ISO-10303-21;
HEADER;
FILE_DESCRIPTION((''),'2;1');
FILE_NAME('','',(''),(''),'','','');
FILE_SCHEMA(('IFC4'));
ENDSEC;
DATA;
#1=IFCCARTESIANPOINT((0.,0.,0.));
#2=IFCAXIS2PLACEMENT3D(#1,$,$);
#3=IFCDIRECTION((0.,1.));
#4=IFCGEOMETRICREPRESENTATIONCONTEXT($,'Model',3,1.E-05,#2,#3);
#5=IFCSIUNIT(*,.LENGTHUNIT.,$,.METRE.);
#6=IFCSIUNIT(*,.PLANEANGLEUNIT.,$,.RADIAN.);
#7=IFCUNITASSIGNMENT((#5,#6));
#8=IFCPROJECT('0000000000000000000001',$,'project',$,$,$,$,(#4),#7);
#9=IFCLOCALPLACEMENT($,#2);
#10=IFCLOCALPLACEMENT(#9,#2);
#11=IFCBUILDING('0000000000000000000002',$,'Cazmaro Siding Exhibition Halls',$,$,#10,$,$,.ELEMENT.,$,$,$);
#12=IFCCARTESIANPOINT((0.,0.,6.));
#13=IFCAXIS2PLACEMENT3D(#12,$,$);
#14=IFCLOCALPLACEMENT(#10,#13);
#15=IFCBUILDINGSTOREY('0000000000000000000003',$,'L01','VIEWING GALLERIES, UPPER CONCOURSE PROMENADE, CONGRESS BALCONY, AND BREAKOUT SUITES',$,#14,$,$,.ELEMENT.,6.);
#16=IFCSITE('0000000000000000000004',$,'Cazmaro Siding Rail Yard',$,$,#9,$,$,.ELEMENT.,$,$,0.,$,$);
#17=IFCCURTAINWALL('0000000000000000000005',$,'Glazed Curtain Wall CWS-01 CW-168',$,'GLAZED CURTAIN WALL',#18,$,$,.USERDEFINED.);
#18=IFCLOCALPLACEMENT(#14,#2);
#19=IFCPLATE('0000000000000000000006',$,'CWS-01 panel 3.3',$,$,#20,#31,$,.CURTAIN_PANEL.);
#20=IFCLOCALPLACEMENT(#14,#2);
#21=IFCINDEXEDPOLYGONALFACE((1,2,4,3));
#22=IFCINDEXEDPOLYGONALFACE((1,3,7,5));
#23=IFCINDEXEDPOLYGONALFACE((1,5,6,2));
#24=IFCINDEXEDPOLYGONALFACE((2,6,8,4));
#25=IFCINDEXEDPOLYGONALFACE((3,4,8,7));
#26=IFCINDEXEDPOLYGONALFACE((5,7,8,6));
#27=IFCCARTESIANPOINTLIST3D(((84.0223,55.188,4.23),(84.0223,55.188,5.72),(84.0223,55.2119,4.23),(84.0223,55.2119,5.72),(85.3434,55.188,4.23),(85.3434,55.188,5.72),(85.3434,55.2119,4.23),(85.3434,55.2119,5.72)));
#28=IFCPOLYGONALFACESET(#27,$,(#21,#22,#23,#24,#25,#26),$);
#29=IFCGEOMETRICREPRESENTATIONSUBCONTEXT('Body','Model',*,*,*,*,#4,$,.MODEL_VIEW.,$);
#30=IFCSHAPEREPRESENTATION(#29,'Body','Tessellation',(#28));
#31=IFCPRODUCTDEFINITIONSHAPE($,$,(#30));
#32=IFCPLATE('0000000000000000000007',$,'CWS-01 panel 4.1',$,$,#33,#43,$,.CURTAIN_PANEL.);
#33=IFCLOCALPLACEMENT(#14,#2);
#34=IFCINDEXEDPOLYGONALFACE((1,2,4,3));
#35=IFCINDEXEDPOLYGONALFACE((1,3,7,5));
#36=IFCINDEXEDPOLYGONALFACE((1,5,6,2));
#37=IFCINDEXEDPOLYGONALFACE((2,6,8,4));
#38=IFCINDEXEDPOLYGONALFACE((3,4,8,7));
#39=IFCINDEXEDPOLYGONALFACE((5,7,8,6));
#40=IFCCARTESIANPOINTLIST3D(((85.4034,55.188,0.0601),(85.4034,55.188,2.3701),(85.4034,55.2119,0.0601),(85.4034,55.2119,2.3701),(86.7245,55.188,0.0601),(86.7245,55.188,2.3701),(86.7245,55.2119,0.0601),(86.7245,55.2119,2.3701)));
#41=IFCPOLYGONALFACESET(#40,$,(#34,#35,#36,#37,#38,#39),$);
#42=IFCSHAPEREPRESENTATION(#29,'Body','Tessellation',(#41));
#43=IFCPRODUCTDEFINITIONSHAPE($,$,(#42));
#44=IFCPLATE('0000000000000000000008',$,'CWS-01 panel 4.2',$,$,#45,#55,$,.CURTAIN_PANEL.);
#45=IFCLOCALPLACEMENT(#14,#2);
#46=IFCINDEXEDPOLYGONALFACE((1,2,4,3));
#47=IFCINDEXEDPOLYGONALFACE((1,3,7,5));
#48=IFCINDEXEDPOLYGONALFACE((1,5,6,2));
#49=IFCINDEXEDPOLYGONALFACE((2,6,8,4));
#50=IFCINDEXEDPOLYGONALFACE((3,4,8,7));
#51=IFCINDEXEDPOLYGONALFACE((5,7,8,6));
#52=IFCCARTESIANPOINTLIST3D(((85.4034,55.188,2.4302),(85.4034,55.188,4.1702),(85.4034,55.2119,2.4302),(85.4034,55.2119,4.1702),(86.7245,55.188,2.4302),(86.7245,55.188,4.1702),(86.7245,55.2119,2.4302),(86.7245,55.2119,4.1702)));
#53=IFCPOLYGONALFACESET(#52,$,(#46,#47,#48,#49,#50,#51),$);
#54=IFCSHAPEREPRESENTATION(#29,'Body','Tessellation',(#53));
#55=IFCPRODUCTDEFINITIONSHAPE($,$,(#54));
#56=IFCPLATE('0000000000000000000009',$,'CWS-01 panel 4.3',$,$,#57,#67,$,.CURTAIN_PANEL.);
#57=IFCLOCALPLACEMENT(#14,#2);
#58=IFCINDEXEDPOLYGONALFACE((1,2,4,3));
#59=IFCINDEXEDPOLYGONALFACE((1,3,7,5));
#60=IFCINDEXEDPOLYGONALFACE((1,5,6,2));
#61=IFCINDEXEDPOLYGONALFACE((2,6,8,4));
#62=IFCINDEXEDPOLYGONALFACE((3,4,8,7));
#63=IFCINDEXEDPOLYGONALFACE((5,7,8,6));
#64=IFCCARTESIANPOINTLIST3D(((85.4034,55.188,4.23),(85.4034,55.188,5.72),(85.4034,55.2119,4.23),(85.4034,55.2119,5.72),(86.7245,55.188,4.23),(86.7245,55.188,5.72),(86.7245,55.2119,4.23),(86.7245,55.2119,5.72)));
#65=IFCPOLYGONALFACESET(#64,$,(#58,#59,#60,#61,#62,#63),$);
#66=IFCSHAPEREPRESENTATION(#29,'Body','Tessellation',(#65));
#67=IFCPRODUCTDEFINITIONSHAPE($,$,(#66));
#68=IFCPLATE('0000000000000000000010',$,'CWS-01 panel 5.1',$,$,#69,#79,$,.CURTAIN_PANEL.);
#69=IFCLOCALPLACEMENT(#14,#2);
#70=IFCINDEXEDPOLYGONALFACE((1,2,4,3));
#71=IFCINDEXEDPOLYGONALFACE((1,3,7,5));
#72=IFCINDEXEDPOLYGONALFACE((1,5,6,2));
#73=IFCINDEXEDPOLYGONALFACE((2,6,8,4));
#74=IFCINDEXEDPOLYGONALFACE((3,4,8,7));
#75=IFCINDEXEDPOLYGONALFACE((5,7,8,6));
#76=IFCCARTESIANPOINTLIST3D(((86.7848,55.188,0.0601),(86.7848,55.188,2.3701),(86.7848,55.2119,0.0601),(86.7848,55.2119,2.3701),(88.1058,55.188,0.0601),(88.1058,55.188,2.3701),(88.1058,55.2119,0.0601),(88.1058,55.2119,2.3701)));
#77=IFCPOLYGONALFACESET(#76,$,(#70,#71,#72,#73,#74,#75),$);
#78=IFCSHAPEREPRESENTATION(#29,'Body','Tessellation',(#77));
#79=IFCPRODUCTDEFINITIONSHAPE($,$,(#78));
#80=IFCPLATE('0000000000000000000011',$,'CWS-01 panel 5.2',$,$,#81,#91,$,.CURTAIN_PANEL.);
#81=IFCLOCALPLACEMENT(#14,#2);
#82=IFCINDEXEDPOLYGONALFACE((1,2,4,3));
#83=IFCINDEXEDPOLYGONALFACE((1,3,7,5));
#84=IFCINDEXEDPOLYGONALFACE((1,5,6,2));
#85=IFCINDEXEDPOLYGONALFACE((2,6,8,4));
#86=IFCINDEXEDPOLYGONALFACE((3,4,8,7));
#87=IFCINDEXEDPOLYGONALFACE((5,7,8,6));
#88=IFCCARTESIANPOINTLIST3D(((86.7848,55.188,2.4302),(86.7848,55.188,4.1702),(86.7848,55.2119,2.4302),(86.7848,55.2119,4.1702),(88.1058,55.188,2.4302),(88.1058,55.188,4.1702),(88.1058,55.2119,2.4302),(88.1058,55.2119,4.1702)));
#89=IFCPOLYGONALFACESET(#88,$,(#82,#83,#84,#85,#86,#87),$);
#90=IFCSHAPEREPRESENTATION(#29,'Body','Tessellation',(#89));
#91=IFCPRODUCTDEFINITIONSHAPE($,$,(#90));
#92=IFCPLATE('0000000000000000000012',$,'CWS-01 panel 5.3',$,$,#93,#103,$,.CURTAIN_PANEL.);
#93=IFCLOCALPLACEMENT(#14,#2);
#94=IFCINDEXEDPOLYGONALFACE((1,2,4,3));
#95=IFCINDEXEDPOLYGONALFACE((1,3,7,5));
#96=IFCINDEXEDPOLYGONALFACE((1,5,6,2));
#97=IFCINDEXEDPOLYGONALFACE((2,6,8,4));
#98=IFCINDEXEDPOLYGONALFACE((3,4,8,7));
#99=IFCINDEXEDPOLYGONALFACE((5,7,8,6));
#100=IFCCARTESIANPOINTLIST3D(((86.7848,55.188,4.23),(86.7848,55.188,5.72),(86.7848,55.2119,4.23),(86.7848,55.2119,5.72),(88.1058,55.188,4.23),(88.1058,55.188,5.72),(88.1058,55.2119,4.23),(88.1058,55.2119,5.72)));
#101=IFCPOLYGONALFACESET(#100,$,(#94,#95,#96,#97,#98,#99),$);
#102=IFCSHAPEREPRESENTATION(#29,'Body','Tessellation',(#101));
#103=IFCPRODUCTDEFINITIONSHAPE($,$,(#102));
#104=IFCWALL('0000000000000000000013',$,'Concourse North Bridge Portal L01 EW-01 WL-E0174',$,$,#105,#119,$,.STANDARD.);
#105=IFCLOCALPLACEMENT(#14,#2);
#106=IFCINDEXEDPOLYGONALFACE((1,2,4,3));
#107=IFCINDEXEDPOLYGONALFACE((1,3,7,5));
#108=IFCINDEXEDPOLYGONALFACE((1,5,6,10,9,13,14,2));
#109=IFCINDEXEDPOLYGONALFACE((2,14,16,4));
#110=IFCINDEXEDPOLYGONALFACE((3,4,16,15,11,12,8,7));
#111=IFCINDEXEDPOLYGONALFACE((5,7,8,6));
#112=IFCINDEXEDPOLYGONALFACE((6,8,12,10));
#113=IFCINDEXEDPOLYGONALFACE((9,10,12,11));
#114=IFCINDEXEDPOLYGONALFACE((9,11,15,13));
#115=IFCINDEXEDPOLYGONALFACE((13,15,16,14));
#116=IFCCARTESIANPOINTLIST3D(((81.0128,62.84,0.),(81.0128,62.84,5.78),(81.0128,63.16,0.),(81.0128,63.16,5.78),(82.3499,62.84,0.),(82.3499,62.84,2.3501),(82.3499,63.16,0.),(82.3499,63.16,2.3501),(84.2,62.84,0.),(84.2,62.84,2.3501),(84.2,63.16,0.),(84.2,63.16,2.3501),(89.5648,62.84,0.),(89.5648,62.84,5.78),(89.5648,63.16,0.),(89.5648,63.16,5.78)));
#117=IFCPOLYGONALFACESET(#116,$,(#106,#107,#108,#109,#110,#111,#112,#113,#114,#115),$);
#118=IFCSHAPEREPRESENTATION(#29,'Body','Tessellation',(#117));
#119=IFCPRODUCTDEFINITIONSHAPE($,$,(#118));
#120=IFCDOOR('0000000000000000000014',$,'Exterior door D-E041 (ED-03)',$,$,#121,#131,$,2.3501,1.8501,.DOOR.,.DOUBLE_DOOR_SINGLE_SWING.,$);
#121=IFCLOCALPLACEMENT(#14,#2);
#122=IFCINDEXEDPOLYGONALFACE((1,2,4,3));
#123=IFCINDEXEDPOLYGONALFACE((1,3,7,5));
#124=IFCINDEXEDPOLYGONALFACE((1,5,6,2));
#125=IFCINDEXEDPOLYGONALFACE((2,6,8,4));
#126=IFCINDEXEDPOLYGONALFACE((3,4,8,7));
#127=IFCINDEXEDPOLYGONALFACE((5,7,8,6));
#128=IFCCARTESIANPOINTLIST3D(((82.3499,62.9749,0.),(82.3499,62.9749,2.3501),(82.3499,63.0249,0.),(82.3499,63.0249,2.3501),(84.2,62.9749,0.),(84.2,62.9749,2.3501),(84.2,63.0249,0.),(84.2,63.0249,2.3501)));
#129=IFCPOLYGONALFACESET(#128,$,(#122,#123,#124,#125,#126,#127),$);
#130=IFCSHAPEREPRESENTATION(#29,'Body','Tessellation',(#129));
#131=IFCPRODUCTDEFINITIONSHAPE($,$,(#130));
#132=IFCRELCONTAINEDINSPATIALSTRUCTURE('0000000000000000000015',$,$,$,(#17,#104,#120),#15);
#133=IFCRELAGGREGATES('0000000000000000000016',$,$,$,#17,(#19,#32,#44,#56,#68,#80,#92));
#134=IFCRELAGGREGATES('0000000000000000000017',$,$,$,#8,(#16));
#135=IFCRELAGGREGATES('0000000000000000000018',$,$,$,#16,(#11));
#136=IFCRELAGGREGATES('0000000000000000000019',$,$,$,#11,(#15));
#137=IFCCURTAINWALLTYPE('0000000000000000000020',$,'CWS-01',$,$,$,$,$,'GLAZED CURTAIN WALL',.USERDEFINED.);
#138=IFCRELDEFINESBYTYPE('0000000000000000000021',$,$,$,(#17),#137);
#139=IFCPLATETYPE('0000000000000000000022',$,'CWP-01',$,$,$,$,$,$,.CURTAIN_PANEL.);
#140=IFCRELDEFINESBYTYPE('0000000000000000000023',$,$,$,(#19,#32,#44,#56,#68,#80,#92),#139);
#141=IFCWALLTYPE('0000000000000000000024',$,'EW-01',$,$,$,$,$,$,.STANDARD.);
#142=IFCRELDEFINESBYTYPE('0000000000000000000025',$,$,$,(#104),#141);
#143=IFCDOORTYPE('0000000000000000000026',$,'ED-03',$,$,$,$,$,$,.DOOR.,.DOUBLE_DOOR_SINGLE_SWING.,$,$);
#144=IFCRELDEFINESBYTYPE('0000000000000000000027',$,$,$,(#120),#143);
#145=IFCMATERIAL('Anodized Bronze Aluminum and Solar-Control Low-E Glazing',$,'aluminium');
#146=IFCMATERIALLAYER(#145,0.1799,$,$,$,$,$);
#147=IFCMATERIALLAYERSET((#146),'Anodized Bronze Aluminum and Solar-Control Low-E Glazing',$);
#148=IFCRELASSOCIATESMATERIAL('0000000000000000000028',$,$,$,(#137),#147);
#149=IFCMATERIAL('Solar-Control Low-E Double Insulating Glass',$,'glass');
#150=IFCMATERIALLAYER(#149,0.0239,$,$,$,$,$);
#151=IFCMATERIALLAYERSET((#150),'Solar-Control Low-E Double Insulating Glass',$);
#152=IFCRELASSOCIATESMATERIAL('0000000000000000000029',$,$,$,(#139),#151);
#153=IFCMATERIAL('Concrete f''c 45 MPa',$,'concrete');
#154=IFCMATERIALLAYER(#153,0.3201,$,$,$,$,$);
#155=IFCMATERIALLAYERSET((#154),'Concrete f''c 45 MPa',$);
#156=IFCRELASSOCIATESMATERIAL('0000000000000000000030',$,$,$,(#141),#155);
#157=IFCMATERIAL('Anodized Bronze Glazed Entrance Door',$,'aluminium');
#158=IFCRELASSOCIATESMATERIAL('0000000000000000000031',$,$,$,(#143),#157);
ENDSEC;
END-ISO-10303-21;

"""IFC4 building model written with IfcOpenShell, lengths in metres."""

from ifc_helpers import new_model, si_unit, direction, frame, frame_2d, origin, origin_2d, place, context, subcontext, project, spatial, rectangle, extrude, material, layer, layer_set, type_object, element, fill, aggregate, save


model = new_model("IFC4")

# Units and contexts
model_context = context("Model", 3, precision=1e-05, world=origin(), true_north=direction((0.0, 1.0)))
body_context = subcontext(model_context, "Body", "Model", "MODEL_VIEW")
ifc_project = project(units=[si_unit("LENGTHUNIT", "METRE"), si_unit("PLANEANGLEUNIT", "RADIAN")], contexts=[model_context])

# Site, building, storey
site_placement = place(None, origin())
site = spatial("IfcSite", under=ifc_project, at=site_placement, Name="Cazmaro Siding Rail Yard", CompositionType="ELEMENT", RefElevation=0.0)
building_placement = place(site_placement, origin())
building = spatial("IfcBuilding", under=site, at=building_placement, Name="Cazmaro Siding Exhibition Halls", CompositionType="ELEMENT")
storey_placement = place(building_placement, frame((0.0, 0.0, 6.0)))
storey = spatial("IfcBuildingStorey", under=building, at=storey_placement, Name="L01", Description="VIEWING GALLERIES, UPPER CONCOURSE PROMENADE, CONGRESS BALCONY, AND BREAKOUT SUITES", CompositionType="ELEMENT", Elevation=6.0)

# Curtain wall
ifc_material_1 = material(Name="Anodized Bronze Aluminum and Solar-Control Low-E Glazing", Category="aluminium")
ifc_layer_1 = layer(ifc_material_1, 0.1799)
ifc_layer_set_1 = layer_set([ifc_layer_1], Name="Anodized Bronze Aluminum and Solar-Control Low-E Glazing")
curtain_wall_type = type_object("IfcCurtainWallType", Name="CWS-01", ElementType="GLAZED CURTAIN WALL", PredefinedType="USERDEFINED", material=ifc_layer_set_1)
curtain_wall_placement = place(storey_placement, origin())
curtain_wall = element("IfcCurtainWall", 1, at=curtain_wall_placement, inside=storey, type_object=curtain_wall_type, Name="Glazed Curtain Wall CWS-01 CW-168", ObjectType="GLAZED CURTAIN WALL", PredefinedType="USERDEFINED")

# Plates
ifc_material_2 = material(Name="Solar-Control Low-E Double Insulating Glass", Category="glass")
ifc_layer_2 = layer(ifc_material_2, 0.0239)
ifc_layer_set_2 = layer_set([ifc_layer_2], Name="Solar-Control Low-E Double Insulating Glass")
plate_type = type_object("IfcPlateType", Name="CWP-01", PredefinedType="CURTAIN_PANEL", material=ifc_layer_set_2)
plate_1_placement = place(storey_placement, frame((84.6829, 55.2, 4.23), z_axis=(0.0, 0.0, 1.0), x_axis=(1.0, 0.0, 0.0)))
plate_1 = element("IfcPlate", 2, at=plate_1_placement, type_object=plate_type, Name="CWS-01 panel 3.3", PredefinedType="CURTAIN_PANEL", context=body_context, shape_type="SweptSolid", body=[
    extrude(rectangle(XDim=1.321, YDim=0.0239, at=origin_2d()), origin(), (0.0, 0.0, 1.0), 1.49),
])
plate_2_placement = place(storey_placement, frame((86.064, 55.2, 0.0601), z_axis=(0.0, 0.0, 1.0), x_axis=(1.0, 0.0, 0.0)))
plate_2 = element("IfcPlate", 3, at=plate_2_placement, type_object=plate_type, Name="CWS-01 panel 4.1", PredefinedType="CURTAIN_PANEL", context=body_context, shape_type="SweptSolid", body=[
    extrude(rectangle(XDim=1.321, YDim=0.0239, at=origin_2d()), origin(), (0.0, 0.0, 1.0), 2.3101),
])
plate_3_placement = place(storey_placement, frame((86.064, 55.2, 2.4302), z_axis=(0.0, 0.0, 1.0), x_axis=(1.0, 0.0, 0.0)))
plate_3 = element("IfcPlate", 4, at=plate_3_placement, type_object=plate_type, Name="CWS-01 panel 4.2", PredefinedType="CURTAIN_PANEL", context=body_context, shape_type="SweptSolid", body=[
    extrude(rectangle(XDim=1.321, YDim=0.0239, at=origin_2d()), origin(), (0.0, 0.0, 1.0), 1.74),
])
plate_4_placement = place(storey_placement, frame((86.064, 55.2, 4.23), z_axis=(0.0, 0.0, 1.0), x_axis=(1.0, 0.0, 0.0)))
plate_4 = element("IfcPlate", 5, at=plate_4_placement, type_object=plate_type, Name="CWS-01 panel 4.3", PredefinedType="CURTAIN_PANEL", context=body_context, shape_type="SweptSolid", body=[
    extrude(rectangle(XDim=1.321, YDim=0.0239, at=origin_2d()), origin(), (0.0, 0.0, 1.0), 1.49),
])
plate_5_placement = place(storey_placement, frame((87.4453, 55.2, 0.0601), z_axis=(0.0, 0.0, 1.0), x_axis=(1.0, 0.0, 0.0)))
plate_5 = element("IfcPlate", 6, at=plate_5_placement, type_object=plate_type, Name="CWS-01 panel 5.1", PredefinedType="CURTAIN_PANEL", context=body_context, shape_type="SweptSolid", body=[
    extrude(rectangle(XDim=1.321, YDim=0.0239, at=origin_2d()), origin(), (0.0, 0.0, 1.0), 2.3101),
])
plate_6_placement = place(storey_placement, frame((87.4453, 55.2, 2.4302), z_axis=(0.0, 0.0, 1.0), x_axis=(1.0, 0.0, 0.0)))
plate_6 = element("IfcPlate", 7, at=plate_6_placement, type_object=plate_type, Name="CWS-01 panel 5.2", PredefinedType="CURTAIN_PANEL", context=body_context, shape_type="SweptSolid", body=[
    extrude(rectangle(XDim=1.321, YDim=0.0239, at=origin_2d()), origin(), (0.0, 0.0, 1.0), 1.74),
])
plate_7_placement = place(storey_placement, frame((87.4453, 55.2, 4.23), z_axis=(0.0, 0.0, 1.0), x_axis=(1.0, 0.0, 0.0)))
plate_7 = element("IfcPlate", 8, at=plate_7_placement, type_object=plate_type, Name="CWS-01 panel 5.3", PredefinedType="CURTAIN_PANEL", context=body_context, shape_type="SweptSolid", body=[
    extrude(rectangle(XDim=1.321, YDim=0.0239, at=origin_2d()), origin(), (0.0, 0.0, 1.0), 1.49),
])
aggregate(curtain_wall, [plate_1, plate_2, plate_3, plate_4, plate_5, plate_6, plate_7])

# Wall, opening, door
ifc_material_3 = material(Name="Concrete f'c 45 MPa", Category="concrete")
ifc_layer_3 = layer(ifc_material_3, 0.3201)
ifc_layer_set_3 = layer_set([ifc_layer_3], Name="Concrete f'c 45 MPa")
wall_type = type_object("IfcWallType", Name="EW-01", PredefinedType="STANDARD", material=ifc_layer_set_3)
wall_placement = place(storey_placement, frame((81.0129, 63.0, 0.0), z_axis=(0.0, 0.0, 1.0), x_axis=(1.0, 0.0, 0.0)))
wall = element("IfcWall", 9, at=wall_placement, inside=storey, type_object=wall_type, Name="Concourse North Bridge Portal L01 EW-01 WL-E0174", PredefinedType="STANDARD", context=body_context, shape_type="SweptSolid", body=[
    extrude(rectangle(XDim=8.552, YDim=0.3201, at=frame_2d((4.2759, 0.0))), origin(), (0.0, 0.0, 1.0), 5.78),
])
opening_placement = place(wall_placement, frame((1.3369, 0.0, 0.0)))
opening = element("IfcOpeningElement", 10, at=opening_placement, cuts=wall, PredefinedType="OPENING", context=body_context, shape_type="SweptSolid", body=[
    extrude(rectangle(XDim=1.8501, YDim=2.3501, at=frame_2d((0.925, 1.175))), frame((0.0, 0.1699, 0.0), z_axis=(0.0, -1.0, 0.0), x_axis=(1.0, 0.0, 0.0)), (0.0, 0.0, 1.0), 0.3401),
])
ifc_material_4 = material(Name="Anodized Bronze Glazed Entrance Door", Category="aluminium")
door_type = type_object("IfcDoorType", Name="ED-03", OperationType="DOUBLE_DOOR_SINGLE_SWING", PredefinedType="DOOR", material=ifc_material_4)
door_placement = place(opening_placement, origin())
door = element("IfcDoor", 11, at=door_placement, inside=storey, type_object=door_type, Name="Exterior door D-E041 (ED-03)", OperationType="DOUBLE_DOOR_SINGLE_SWING", OverallHeight=2.3501, OverallWidth=1.8501, PredefinedType="DOOR", context=body_context, shape_type="SweptSolid", body=[
    extrude(rectangle(XDim=1.8501, YDim=2.3501, at=frame_2d((0.925, 1.175))), frame((0.0, 0.0249, 0.0), z_axis=(0.0, -1.0, 0.0), x_axis=(1.0, 0.0, 0.0)), (0.0, 0.0, 1.0), 0.05),
])
fill(opening, door)

save(model, "model.ifc")
